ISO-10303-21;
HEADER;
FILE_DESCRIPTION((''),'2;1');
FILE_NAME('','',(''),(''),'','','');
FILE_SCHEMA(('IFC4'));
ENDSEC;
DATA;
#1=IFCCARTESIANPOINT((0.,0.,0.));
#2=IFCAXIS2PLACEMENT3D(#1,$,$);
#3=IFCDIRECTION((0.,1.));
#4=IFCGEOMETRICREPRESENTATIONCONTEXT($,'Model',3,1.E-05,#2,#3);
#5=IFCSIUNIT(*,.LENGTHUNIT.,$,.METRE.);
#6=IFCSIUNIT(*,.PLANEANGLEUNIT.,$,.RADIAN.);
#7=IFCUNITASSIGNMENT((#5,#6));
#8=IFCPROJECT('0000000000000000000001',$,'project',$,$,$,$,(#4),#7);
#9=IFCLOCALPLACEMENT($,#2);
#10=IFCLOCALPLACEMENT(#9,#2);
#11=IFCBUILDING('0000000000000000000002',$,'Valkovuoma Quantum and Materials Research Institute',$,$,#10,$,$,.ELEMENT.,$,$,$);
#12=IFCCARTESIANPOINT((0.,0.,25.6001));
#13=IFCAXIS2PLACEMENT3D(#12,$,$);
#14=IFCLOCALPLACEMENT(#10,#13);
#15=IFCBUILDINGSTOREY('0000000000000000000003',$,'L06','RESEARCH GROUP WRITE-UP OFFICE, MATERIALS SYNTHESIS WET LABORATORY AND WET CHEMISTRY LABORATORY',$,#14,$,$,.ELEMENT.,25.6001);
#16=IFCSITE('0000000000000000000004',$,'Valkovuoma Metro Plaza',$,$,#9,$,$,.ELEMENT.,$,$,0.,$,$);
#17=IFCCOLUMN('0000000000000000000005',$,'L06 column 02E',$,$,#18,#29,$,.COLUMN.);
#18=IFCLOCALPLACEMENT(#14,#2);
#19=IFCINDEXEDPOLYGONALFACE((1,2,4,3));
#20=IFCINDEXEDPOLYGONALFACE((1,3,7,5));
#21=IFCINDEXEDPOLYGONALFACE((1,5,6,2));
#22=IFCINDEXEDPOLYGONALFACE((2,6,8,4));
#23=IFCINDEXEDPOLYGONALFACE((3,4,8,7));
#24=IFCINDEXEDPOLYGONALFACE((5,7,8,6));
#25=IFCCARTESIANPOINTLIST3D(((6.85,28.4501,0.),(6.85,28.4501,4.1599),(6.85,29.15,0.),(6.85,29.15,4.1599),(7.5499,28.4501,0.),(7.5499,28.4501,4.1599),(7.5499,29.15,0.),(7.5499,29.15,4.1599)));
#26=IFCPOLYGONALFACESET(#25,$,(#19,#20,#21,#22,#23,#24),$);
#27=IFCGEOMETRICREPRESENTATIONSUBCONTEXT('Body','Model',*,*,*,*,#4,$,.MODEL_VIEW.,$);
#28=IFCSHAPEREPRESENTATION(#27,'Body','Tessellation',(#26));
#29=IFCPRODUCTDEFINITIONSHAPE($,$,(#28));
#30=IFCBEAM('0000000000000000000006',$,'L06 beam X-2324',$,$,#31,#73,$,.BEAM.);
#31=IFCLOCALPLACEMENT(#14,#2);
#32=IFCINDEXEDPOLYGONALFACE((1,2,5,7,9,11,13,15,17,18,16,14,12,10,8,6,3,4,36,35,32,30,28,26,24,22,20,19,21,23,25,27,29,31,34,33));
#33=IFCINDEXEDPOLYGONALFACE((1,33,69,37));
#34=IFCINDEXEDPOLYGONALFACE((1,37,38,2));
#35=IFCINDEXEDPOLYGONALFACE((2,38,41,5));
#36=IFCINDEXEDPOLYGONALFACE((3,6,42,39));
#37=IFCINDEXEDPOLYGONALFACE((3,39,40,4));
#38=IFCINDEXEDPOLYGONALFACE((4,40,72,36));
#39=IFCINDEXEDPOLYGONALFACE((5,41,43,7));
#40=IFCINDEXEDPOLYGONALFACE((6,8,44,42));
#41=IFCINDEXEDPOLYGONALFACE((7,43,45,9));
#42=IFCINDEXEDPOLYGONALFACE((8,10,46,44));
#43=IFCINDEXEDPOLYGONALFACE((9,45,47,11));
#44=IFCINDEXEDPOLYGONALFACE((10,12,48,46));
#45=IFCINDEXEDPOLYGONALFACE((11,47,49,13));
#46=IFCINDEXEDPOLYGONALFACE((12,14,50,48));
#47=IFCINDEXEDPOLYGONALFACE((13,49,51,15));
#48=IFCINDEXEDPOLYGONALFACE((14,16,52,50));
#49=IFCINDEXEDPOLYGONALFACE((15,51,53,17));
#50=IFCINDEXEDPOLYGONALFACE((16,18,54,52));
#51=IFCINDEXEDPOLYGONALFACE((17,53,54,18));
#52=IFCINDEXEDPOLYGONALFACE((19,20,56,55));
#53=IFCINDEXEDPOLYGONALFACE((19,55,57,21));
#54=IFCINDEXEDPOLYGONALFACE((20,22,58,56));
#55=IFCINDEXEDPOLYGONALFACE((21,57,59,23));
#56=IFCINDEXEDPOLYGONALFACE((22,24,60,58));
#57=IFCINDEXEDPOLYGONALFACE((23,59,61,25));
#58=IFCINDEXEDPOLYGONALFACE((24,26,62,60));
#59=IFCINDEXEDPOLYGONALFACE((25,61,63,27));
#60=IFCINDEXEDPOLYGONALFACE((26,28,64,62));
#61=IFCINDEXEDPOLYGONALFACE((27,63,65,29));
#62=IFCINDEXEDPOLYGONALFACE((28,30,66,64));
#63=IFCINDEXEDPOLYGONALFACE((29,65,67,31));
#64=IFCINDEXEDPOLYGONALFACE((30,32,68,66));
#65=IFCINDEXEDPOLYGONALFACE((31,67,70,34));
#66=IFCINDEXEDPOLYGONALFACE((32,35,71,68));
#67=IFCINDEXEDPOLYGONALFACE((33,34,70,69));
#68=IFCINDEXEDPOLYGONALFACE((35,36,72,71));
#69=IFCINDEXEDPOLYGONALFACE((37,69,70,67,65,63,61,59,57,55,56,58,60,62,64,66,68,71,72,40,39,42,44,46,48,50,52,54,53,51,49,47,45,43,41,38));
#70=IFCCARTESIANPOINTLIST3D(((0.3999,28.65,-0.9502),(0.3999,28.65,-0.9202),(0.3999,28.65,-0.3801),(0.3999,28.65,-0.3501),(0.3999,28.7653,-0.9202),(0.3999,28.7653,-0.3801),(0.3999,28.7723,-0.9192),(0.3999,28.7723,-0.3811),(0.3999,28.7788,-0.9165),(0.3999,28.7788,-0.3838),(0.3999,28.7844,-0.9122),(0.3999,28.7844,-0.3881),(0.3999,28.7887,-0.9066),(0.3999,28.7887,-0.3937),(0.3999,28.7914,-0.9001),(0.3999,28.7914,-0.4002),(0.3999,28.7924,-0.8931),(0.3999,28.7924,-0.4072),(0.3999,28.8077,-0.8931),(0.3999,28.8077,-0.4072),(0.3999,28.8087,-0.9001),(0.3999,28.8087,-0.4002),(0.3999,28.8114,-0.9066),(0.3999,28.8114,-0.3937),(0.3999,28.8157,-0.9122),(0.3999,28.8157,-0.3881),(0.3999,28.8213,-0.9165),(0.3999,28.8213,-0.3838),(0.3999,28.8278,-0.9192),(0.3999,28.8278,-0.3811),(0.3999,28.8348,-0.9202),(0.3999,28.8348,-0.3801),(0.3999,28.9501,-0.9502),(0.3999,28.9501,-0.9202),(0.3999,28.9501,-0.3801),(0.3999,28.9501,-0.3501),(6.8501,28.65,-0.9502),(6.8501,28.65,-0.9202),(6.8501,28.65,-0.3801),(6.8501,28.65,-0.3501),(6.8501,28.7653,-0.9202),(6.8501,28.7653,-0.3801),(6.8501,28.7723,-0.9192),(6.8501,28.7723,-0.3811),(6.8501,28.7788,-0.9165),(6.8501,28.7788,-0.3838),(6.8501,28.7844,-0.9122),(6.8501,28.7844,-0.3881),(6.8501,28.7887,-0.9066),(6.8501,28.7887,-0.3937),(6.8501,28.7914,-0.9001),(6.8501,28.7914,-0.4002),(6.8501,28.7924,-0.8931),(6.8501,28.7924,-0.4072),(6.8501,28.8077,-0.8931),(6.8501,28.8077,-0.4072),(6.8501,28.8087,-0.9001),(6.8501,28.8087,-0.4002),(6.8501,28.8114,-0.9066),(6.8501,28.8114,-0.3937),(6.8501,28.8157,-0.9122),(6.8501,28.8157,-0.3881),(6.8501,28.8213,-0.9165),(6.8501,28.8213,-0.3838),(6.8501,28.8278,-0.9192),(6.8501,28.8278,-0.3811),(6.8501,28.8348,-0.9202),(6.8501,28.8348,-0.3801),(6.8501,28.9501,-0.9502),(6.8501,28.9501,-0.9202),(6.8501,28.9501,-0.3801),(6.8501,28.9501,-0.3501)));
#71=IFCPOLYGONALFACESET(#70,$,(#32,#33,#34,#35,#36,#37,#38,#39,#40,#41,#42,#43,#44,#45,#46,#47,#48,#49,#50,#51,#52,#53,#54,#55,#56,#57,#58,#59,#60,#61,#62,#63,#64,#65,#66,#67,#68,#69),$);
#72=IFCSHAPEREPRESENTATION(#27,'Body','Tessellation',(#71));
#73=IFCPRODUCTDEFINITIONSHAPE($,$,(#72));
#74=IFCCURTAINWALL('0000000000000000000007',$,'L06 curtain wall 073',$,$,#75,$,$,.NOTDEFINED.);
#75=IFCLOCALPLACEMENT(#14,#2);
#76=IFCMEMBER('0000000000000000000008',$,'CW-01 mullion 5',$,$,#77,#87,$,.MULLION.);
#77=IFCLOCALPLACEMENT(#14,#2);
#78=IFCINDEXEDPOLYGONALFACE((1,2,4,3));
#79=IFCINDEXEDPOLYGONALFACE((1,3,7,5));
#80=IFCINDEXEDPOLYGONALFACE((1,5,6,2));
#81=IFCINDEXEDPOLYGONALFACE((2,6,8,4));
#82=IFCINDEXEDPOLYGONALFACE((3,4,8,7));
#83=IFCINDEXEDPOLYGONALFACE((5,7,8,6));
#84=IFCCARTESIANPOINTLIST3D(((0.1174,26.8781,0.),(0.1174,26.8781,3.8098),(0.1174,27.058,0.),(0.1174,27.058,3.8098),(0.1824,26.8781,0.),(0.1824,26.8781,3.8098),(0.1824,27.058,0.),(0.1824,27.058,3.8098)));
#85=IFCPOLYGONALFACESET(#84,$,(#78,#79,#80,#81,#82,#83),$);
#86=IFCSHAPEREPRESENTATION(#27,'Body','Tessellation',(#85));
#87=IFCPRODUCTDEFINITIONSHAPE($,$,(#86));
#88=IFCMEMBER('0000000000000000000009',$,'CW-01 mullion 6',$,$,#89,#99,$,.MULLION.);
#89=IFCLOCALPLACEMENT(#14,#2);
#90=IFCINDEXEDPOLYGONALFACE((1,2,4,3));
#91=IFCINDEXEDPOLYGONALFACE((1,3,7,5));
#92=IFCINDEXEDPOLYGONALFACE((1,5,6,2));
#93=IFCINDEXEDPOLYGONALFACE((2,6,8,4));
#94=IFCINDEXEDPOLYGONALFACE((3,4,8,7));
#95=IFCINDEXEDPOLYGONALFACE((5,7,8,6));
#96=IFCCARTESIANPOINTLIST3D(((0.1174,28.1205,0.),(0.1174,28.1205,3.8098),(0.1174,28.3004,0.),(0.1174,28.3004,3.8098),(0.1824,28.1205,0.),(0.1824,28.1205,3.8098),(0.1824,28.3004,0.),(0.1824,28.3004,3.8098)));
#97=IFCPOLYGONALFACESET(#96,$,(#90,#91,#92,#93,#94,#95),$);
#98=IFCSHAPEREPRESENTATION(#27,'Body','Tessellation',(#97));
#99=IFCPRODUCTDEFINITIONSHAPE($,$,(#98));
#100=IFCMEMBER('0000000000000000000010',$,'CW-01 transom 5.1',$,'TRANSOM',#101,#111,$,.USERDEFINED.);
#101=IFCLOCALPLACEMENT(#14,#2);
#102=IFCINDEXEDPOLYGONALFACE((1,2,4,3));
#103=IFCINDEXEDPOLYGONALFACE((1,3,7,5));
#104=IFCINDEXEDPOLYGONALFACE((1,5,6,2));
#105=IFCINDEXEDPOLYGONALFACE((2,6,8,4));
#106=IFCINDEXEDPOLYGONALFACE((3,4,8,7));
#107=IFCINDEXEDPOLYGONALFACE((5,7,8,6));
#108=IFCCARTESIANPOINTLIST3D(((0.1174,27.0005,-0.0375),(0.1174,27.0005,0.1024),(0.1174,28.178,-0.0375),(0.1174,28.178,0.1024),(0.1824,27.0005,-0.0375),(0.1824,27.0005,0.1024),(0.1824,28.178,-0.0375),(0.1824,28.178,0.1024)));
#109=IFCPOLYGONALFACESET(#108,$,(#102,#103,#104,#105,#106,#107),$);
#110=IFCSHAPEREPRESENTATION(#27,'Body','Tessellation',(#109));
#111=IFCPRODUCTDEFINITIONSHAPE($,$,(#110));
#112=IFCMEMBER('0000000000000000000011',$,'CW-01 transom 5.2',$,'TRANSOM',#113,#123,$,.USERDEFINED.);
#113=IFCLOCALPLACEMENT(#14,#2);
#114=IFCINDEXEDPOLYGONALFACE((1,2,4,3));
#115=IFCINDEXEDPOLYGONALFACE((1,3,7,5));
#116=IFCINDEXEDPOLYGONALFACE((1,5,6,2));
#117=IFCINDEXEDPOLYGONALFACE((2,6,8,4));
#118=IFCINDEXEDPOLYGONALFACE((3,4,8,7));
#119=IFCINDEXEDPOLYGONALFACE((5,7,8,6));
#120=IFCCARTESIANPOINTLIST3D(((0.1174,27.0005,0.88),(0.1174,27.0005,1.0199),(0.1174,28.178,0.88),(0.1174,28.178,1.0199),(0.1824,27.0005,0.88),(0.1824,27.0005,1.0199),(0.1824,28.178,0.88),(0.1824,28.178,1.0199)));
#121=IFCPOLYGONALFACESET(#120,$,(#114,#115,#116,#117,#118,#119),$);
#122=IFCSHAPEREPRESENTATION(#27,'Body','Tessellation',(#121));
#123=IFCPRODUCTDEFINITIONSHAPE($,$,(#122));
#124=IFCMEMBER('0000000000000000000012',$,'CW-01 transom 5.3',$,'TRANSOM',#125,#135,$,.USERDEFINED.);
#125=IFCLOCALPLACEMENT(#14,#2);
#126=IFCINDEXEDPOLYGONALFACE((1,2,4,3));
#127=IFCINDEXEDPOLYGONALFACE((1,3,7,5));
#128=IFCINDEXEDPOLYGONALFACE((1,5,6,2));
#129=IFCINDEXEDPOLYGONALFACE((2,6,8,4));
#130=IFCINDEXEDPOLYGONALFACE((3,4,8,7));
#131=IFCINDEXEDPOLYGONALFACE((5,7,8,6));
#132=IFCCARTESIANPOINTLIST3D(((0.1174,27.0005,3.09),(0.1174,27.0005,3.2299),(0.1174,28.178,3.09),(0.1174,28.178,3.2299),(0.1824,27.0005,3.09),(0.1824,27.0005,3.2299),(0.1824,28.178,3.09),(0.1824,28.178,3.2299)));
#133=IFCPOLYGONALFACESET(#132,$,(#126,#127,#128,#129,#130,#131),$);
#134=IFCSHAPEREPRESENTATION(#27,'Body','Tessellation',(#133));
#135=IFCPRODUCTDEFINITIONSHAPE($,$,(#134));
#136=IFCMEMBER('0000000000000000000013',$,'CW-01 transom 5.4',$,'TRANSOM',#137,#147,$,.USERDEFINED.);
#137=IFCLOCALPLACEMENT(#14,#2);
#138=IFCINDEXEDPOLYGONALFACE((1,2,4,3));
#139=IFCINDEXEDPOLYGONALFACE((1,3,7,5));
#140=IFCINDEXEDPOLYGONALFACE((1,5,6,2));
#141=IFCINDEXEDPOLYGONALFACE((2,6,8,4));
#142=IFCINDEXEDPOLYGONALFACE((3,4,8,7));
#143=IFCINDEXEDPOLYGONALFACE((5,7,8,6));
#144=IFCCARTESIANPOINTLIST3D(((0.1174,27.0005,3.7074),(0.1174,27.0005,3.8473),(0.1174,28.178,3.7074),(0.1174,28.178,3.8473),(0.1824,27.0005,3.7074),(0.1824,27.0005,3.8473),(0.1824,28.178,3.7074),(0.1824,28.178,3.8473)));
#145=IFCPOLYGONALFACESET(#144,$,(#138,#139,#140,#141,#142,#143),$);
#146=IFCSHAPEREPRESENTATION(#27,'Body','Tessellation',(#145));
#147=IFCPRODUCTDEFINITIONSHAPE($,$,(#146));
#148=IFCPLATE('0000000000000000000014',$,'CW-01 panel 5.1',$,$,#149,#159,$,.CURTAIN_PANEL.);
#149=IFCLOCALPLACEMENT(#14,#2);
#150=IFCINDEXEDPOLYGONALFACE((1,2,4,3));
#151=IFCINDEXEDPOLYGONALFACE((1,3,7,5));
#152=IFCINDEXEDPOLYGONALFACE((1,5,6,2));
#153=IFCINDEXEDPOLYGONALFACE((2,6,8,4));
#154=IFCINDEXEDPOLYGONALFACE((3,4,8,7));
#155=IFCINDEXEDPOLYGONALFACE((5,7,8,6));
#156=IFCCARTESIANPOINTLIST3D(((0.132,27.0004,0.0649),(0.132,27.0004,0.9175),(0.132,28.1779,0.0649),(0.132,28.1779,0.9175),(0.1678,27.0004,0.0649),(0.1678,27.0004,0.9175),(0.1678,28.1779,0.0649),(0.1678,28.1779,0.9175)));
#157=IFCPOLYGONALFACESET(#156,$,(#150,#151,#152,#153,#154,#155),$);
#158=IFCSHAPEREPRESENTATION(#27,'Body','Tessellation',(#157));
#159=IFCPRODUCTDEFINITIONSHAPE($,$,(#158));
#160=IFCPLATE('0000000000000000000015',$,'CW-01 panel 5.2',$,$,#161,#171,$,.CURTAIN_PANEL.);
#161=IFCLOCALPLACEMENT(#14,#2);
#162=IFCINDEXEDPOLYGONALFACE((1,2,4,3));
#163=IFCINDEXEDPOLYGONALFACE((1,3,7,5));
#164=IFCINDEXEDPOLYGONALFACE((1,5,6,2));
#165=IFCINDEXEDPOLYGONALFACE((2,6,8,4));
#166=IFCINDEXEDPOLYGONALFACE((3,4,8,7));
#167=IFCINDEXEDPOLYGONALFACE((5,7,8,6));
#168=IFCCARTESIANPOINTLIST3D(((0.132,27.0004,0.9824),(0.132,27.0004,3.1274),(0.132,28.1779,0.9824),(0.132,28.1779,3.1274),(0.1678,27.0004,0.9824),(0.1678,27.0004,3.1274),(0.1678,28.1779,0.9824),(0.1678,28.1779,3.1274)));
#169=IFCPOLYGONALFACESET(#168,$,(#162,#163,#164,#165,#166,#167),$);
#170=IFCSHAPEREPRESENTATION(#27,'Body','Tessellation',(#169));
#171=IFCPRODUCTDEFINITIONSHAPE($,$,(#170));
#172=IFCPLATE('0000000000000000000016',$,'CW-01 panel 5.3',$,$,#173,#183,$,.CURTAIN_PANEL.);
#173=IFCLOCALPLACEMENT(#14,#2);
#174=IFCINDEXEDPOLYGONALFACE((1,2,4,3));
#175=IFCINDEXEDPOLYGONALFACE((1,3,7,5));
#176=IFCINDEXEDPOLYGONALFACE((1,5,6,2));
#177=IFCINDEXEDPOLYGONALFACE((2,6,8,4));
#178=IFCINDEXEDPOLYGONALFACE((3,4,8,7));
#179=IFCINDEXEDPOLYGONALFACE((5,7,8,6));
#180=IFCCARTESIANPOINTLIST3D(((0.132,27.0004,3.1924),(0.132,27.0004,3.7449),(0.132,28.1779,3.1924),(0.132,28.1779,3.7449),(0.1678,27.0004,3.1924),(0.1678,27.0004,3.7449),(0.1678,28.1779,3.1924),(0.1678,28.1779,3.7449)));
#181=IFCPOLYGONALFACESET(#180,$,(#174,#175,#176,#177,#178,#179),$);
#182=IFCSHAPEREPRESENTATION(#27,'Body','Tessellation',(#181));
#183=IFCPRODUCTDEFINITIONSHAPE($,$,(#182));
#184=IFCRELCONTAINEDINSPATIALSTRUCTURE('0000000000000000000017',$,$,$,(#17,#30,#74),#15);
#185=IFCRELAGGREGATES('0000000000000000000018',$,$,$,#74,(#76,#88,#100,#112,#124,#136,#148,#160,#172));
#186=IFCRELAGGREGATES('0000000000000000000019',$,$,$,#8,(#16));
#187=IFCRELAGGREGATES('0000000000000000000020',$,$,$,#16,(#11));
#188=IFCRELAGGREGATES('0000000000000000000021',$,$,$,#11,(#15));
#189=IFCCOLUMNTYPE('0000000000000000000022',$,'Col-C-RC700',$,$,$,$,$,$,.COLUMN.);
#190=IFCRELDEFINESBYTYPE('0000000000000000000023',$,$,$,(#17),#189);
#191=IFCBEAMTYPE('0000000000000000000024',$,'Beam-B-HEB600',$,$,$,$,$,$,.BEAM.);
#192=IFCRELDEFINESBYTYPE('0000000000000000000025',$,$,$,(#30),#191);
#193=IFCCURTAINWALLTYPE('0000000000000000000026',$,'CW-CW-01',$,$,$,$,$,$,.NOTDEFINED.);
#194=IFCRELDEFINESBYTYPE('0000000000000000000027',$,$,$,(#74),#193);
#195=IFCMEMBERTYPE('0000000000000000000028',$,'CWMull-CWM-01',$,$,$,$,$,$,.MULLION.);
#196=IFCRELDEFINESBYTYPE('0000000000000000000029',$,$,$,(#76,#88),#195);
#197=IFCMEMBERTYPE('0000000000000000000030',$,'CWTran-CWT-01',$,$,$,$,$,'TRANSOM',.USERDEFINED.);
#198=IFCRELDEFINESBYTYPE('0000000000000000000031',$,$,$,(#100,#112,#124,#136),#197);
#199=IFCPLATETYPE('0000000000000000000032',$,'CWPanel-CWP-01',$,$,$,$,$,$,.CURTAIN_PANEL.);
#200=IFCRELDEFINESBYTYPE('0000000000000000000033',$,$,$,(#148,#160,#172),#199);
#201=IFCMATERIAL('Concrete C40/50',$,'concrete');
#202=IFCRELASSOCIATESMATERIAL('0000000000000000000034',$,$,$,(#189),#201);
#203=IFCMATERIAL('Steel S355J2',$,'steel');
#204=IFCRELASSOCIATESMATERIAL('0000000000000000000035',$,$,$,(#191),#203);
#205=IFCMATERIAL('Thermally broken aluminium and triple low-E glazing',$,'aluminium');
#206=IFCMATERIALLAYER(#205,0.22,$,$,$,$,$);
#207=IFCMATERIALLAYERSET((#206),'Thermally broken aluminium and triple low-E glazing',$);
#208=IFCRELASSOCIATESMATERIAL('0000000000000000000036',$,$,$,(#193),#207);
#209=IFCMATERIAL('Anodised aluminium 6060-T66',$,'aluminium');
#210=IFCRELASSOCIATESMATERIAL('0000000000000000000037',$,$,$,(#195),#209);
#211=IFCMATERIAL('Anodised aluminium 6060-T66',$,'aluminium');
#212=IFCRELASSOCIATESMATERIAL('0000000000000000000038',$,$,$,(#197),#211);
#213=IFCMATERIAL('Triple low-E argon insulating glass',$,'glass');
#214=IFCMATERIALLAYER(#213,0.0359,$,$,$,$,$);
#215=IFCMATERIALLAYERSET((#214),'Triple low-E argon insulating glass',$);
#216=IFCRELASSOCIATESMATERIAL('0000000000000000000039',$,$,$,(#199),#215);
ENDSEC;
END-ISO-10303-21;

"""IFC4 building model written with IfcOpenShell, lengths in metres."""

from ifc_helpers import new_model, si_unit, direction, frame, origin, origin_2d, place, context, subcontext, project, spatial, rectangle, i_section, extrude, material, layer, layer_set, material_profile, profile_set, type_object, element, aggregate, save


model = new_model("IFC4")

# Units and contexts
model_context = context("Model", 3, precision=1e-05, world=origin(), true_north=direction((0.0, 1.0)))
body_context = subcontext(model_context, "Body", "Model", "MODEL_VIEW")
ifc_project = project(units=[si_unit("LENGTHUNIT", "METRE"), si_unit("PLANEANGLEUNIT", "RADIAN")], contexts=[model_context])

# Site, building, storey
site_placement = place(None, origin())
site = spatial("IfcSite", under=ifc_project, at=site_placement, Name="Valkovuoma Metro Plaza", CompositionType="ELEMENT", RefElevation=0.0)
building_placement = place(site_placement, origin())
building = spatial("IfcBuilding", under=site, at=building_placement, Name="Valkovuoma Quantum and Materials Research Institute", CompositionType="ELEMENT")
storey_placement = place(building_placement, frame((0.0, 0.0, 25.6001)))
storey = spatial("IfcBuildingStorey", under=building, at=storey_placement, Name="L06", Description="RESEARCH GROUP WRITE-UP OFFICE, MATERIALS SYNTHESIS WET LABORATORY AND WET CHEMISTRY LABORATORY", CompositionType="ELEMENT", Elevation=25.6001)

# Column
ifc_material_1 = material(Name="Concrete C40/50", Category="concrete")
ifc_material_profile_1 = material_profile(ifc_material_1, rectangle(XDim=0.7, YDim=0.7, at=origin_2d()), Name="Concrete C40/50")
ifc_profile_set_1 = profile_set([ifc_material_profile_1], Name="Concrete C40/50")
column_type = type_object("IfcColumnType", Name="Col-C-RC700", PredefinedType="COLUMN", material=ifc_profile_set_1)
column_placement = place(storey_placement, frame((7.2, 28.8, 0.0), z_axis=(0.0, 0.0, 1.0), x_axis=(1.0, 0.0, 0.0)))
element("IfcColumn", 1, at=column_placement, inside=storey, type_object=column_type, Name="L06 column 02E", PredefinedType="COLUMN", context=body_context, shape_type="SweptSolid", body=[
    extrude(rectangle(XDim=0.7, YDim=0.7, at=origin_2d()), origin(), (0.0, 0.0, 1.0), 4.1599),
])

# Beam
ifc_material_2 = material(Name="Steel S355J2", Category="steel")
ifc_material_profile_2 = material_profile(ifc_material_2, i_section(OverallWidth=0.3, OverallDepth=0.6001, WebThickness=0.0154, FlangeThickness=0.03, FilletRadius=0.0271, at=origin_2d()), Name="Steel S355J2")
ifc_profile_set_2 = profile_set([ifc_material_profile_2], Name="Steel S355J2")
beam_type = type_object("IfcBeamType", Name="Beam-B-HEB600", PredefinedType="BEAM", material=ifc_profile_set_2)
beam_placement = place(storey_placement, frame((0.3999, 28.8, -0.6501), z_axis=(1.0, 0.0, 0.0), x_axis=(0.0, 1.0, 0.0)))
element("IfcBeam", 2, at=beam_placement, inside=storey, type_object=beam_type, Name="L06 beam X-2324", PredefinedType="BEAM", context=body_context, shape_type="SweptSolid", body=[
    extrude(i_section(OverallWidth=0.3, OverallDepth=0.6001, WebThickness=0.0154, FlangeThickness=0.03, FilletRadius=0.0271, at=origin_2d()), origin(), (0.0, 0.0, 1.0), 6.4502),
])

# Curtain wall, members, plates
ifc_material_3 = material(Name="Thermally broken aluminium and triple low-E glazing", Category="aluminium")
ifc_layer_1 = layer(ifc_material_3, 0.22)
ifc_layer_set_1 = layer_set([ifc_layer_1], Name="Thermally broken aluminium and triple low-E glazing")
curtain_wall_type = type_object("IfcCurtainWallType", Name="CW-CW-01", PredefinedType="NOTDEFINED", material=ifc_layer_set_1)
curtain_wall_placement = place(storey_placement, origin())
curtain_wall = element("IfcCurtainWall", 3, at=curtain_wall_placement, inside=storey, type_object=curtain_wall_type, Name="L06 curtain wall 073", PredefinedType="NOTDEFINED")
ifc_material_4 = material(Name="Anodised aluminium 6060-T66", Category="aluminium")
ifc_material_profile_3 = material_profile(ifc_material_4, rectangle(XDim=0.0649, YDim=0.1799, at=origin_2d()), Name="Anodised aluminium 6060-T66")
ifc_profile_set_3 = profile_set([ifc_material_profile_3], Name="Anodised aluminium 6060-T66")
member_type_1 = type_object("IfcMemberType", Name="CWMull-CWM-01", PredefinedType="MULLION", material=ifc_profile_set_3)
member_1_placement = place(storey_placement, frame((0.1499, 26.968, 0.0), z_axis=(0.0, 0.0, 1.0), x_axis=(-1.0, 0.0, 0.0)))
member_1 = element("IfcMember", 4, at=member_1_placement, type_object=member_type_1, Name="CW-01 mullion 5", PredefinedType="MULLION", context=body_context, shape_type="SweptSolid", body=[
    extrude(rectangle(XDim=0.0649, YDim=0.1799, at=origin_2d()), origin(), (0.0, 0.0, 1.0), 3.8098),
])
member_2_placement = place(storey_placement, frame((0.1499, 28.2104, 0.0), z_axis=(0.0, 0.0, 1.0), x_axis=(-1.0, 0.0, 0.0)))
member_2 = element("IfcMember", 5, at=member_2_placement, type_object=member_type_1, Name="CW-01 mullion 6", PredefinedType="MULLION", context=body_context, shape_type="SweptSolid", body=[
    extrude(rectangle(XDim=0.0649, YDim=0.1799, at=origin_2d()), origin(), (0.0, 0.0, 1.0), 3.8098),
])
ifc_material_5 = material(Name="Anodised aluminium 6060-T66", Category="aluminium")
ifc_material_profile_4 = material_profile(ifc_material_5, rectangle(XDim=0.0649, YDim=0.1399, at=origin_2d()), Name="Anodised aluminium 6060-T66")
ifc_profile_set_4 = profile_set([ifc_material_profile_4], Name="Anodised aluminium 6060-T66")
member_type_2 = type_object("IfcMemberType", Name="CWTran-CWT-01", ElementType="TRANSOM", PredefinedType="USERDEFINED", material=ifc_profile_set_4)
member_3_placement = place(storey_placement, frame((0.1499, 27.0005, 0.0325), z_axis=(0.0, 1.0, 0.0), x_axis=(-1.0, 0.0, 0.0)))
member_3 = element("IfcMember", 6, at=member_3_placement, type_object=member_type_2, Name="CW-01 transom 5.1", ObjectType="TRANSOM", PredefinedType="USERDEFINED", context=body_context, shape_type="SweptSolid", body=[
    extrude(rectangle(XDim=0.0649, YDim=0.1399, at=origin_2d()), origin(), (0.0, 0.0, 1.0), 1.1775),
])
member_4_placement = place(storey_placement, frame((0.1499, 27.0005, 0.95), z_axis=(0.0, 1.0, 0.0), x_axis=(-1.0, 0.0, 0.0)))
member_4 = element("IfcMember", 7, at=member_4_placement, type_object=member_type_2, Name="CW-01 transom 5.2", ObjectType="TRANSOM", PredefinedType="USERDEFINED", context=body_context, shape_type="SweptSolid", body=[
    extrude(rectangle(XDim=0.0649, YDim=0.1399, at=origin_2d()), origin(), (0.0, 0.0, 1.0), 1.1775),
])
member_5_placement = place(storey_placement, frame((0.1499, 27.0005, 3.1599), z_axis=(0.0, 1.0, 0.0), x_axis=(-1.0, 0.0, 0.0)))
member_5 = element("IfcMember", 8, at=member_5_placement, type_object=member_type_2, Name="CW-01 transom 5.3", ObjectType="TRANSOM", PredefinedType="USERDEFINED", context=body_context, shape_type="SweptSolid", body=[
    extrude(rectangle(XDim=0.0649, YDim=0.1399, at=origin_2d()), origin(), (0.0, 0.0, 1.0), 1.1775),
])
member_6_placement = place(storey_placement, frame((0.1499, 27.0005, 3.7773), z_axis=(0.0, 1.0, 0.0), x_axis=(-1.0, 0.0, 0.0)))
member_6 = element("IfcMember", 9, at=member_6_placement, type_object=member_type_2, Name="CW-01 transom 5.4", ObjectType="TRANSOM", PredefinedType="USERDEFINED", context=body_context, shape_type="SweptSolid", body=[
    extrude(rectangle(XDim=0.0649, YDim=0.1399, at=origin_2d()), origin(), (0.0, 0.0, 1.0), 1.1775),
])
ifc_material_6 = material(Name="Triple low-E argon insulating glass", Category="glass")
ifc_layer_2 = layer(ifc_material_6, 0.0359)
ifc_layer_set_2 = layer_set([ifc_layer_2], Name="Triple low-E argon insulating glass")
plate_type = type_object("IfcPlateType", Name="CWPanel-CWP-01", PredefinedType="CURTAIN_PANEL", material=ifc_layer_set_2)
plate_1_placement = place(storey_placement, frame((0.1499, 27.5891, 0.0649), z_axis=(0.0, 0.0, 1.0), x_axis=(0.0, 1.0, 0.0)))
plate_1 = element("IfcPlate", 10, at=plate_1_placement, type_object=plate_type, Name="CW-01 panel 5.1", PredefinedType="CURTAIN_PANEL", context=body_context, shape_type="SweptSolid", body=[
    extrude(rectangle(XDim=1.1775, YDim=0.0359, at=origin_2d()), origin(), (0.0, 0.0, 1.0), 0.8525),
])
plate_2_placement = place(storey_placement, frame((0.1499, 27.5891, 0.9824), z_axis=(0.0, 0.0, 1.0), x_axis=(0.0, 1.0, 0.0)))
plate_2 = element("IfcPlate", 11, at=plate_2_placement, type_object=plate_type, Name="CW-01 panel 5.2", PredefinedType="CURTAIN_PANEL", context=body_context, shape_type="SweptSolid", body=[
    extrude(rectangle(XDim=1.1775, YDim=0.0359, at=origin_2d()), origin(), (0.0, 0.0, 1.0), 2.145),
])
plate_3_placement = place(storey_placement, frame((0.1499, 27.5891, 3.1924), z_axis=(0.0, 0.0, 1.0), x_axis=(0.0, 1.0, 0.0)))
plate_3 = element("IfcPlate", 12, at=plate_3_placement, type_object=plate_type, Name="CW-01 panel 5.3", PredefinedType="CURTAIN_PANEL", context=body_context, shape_type="SweptSolid", body=[
    extrude(rectangle(XDim=1.1775, YDim=0.0359, at=origin_2d()), origin(), (0.0, 0.0, 1.0), 0.5525),
])
aggregate(curtain_wall, [member_1, member_2, member_3, member_4, member_5, member_6, plate_1, plate_2, plate_3])

save(model, "model.ifc")
